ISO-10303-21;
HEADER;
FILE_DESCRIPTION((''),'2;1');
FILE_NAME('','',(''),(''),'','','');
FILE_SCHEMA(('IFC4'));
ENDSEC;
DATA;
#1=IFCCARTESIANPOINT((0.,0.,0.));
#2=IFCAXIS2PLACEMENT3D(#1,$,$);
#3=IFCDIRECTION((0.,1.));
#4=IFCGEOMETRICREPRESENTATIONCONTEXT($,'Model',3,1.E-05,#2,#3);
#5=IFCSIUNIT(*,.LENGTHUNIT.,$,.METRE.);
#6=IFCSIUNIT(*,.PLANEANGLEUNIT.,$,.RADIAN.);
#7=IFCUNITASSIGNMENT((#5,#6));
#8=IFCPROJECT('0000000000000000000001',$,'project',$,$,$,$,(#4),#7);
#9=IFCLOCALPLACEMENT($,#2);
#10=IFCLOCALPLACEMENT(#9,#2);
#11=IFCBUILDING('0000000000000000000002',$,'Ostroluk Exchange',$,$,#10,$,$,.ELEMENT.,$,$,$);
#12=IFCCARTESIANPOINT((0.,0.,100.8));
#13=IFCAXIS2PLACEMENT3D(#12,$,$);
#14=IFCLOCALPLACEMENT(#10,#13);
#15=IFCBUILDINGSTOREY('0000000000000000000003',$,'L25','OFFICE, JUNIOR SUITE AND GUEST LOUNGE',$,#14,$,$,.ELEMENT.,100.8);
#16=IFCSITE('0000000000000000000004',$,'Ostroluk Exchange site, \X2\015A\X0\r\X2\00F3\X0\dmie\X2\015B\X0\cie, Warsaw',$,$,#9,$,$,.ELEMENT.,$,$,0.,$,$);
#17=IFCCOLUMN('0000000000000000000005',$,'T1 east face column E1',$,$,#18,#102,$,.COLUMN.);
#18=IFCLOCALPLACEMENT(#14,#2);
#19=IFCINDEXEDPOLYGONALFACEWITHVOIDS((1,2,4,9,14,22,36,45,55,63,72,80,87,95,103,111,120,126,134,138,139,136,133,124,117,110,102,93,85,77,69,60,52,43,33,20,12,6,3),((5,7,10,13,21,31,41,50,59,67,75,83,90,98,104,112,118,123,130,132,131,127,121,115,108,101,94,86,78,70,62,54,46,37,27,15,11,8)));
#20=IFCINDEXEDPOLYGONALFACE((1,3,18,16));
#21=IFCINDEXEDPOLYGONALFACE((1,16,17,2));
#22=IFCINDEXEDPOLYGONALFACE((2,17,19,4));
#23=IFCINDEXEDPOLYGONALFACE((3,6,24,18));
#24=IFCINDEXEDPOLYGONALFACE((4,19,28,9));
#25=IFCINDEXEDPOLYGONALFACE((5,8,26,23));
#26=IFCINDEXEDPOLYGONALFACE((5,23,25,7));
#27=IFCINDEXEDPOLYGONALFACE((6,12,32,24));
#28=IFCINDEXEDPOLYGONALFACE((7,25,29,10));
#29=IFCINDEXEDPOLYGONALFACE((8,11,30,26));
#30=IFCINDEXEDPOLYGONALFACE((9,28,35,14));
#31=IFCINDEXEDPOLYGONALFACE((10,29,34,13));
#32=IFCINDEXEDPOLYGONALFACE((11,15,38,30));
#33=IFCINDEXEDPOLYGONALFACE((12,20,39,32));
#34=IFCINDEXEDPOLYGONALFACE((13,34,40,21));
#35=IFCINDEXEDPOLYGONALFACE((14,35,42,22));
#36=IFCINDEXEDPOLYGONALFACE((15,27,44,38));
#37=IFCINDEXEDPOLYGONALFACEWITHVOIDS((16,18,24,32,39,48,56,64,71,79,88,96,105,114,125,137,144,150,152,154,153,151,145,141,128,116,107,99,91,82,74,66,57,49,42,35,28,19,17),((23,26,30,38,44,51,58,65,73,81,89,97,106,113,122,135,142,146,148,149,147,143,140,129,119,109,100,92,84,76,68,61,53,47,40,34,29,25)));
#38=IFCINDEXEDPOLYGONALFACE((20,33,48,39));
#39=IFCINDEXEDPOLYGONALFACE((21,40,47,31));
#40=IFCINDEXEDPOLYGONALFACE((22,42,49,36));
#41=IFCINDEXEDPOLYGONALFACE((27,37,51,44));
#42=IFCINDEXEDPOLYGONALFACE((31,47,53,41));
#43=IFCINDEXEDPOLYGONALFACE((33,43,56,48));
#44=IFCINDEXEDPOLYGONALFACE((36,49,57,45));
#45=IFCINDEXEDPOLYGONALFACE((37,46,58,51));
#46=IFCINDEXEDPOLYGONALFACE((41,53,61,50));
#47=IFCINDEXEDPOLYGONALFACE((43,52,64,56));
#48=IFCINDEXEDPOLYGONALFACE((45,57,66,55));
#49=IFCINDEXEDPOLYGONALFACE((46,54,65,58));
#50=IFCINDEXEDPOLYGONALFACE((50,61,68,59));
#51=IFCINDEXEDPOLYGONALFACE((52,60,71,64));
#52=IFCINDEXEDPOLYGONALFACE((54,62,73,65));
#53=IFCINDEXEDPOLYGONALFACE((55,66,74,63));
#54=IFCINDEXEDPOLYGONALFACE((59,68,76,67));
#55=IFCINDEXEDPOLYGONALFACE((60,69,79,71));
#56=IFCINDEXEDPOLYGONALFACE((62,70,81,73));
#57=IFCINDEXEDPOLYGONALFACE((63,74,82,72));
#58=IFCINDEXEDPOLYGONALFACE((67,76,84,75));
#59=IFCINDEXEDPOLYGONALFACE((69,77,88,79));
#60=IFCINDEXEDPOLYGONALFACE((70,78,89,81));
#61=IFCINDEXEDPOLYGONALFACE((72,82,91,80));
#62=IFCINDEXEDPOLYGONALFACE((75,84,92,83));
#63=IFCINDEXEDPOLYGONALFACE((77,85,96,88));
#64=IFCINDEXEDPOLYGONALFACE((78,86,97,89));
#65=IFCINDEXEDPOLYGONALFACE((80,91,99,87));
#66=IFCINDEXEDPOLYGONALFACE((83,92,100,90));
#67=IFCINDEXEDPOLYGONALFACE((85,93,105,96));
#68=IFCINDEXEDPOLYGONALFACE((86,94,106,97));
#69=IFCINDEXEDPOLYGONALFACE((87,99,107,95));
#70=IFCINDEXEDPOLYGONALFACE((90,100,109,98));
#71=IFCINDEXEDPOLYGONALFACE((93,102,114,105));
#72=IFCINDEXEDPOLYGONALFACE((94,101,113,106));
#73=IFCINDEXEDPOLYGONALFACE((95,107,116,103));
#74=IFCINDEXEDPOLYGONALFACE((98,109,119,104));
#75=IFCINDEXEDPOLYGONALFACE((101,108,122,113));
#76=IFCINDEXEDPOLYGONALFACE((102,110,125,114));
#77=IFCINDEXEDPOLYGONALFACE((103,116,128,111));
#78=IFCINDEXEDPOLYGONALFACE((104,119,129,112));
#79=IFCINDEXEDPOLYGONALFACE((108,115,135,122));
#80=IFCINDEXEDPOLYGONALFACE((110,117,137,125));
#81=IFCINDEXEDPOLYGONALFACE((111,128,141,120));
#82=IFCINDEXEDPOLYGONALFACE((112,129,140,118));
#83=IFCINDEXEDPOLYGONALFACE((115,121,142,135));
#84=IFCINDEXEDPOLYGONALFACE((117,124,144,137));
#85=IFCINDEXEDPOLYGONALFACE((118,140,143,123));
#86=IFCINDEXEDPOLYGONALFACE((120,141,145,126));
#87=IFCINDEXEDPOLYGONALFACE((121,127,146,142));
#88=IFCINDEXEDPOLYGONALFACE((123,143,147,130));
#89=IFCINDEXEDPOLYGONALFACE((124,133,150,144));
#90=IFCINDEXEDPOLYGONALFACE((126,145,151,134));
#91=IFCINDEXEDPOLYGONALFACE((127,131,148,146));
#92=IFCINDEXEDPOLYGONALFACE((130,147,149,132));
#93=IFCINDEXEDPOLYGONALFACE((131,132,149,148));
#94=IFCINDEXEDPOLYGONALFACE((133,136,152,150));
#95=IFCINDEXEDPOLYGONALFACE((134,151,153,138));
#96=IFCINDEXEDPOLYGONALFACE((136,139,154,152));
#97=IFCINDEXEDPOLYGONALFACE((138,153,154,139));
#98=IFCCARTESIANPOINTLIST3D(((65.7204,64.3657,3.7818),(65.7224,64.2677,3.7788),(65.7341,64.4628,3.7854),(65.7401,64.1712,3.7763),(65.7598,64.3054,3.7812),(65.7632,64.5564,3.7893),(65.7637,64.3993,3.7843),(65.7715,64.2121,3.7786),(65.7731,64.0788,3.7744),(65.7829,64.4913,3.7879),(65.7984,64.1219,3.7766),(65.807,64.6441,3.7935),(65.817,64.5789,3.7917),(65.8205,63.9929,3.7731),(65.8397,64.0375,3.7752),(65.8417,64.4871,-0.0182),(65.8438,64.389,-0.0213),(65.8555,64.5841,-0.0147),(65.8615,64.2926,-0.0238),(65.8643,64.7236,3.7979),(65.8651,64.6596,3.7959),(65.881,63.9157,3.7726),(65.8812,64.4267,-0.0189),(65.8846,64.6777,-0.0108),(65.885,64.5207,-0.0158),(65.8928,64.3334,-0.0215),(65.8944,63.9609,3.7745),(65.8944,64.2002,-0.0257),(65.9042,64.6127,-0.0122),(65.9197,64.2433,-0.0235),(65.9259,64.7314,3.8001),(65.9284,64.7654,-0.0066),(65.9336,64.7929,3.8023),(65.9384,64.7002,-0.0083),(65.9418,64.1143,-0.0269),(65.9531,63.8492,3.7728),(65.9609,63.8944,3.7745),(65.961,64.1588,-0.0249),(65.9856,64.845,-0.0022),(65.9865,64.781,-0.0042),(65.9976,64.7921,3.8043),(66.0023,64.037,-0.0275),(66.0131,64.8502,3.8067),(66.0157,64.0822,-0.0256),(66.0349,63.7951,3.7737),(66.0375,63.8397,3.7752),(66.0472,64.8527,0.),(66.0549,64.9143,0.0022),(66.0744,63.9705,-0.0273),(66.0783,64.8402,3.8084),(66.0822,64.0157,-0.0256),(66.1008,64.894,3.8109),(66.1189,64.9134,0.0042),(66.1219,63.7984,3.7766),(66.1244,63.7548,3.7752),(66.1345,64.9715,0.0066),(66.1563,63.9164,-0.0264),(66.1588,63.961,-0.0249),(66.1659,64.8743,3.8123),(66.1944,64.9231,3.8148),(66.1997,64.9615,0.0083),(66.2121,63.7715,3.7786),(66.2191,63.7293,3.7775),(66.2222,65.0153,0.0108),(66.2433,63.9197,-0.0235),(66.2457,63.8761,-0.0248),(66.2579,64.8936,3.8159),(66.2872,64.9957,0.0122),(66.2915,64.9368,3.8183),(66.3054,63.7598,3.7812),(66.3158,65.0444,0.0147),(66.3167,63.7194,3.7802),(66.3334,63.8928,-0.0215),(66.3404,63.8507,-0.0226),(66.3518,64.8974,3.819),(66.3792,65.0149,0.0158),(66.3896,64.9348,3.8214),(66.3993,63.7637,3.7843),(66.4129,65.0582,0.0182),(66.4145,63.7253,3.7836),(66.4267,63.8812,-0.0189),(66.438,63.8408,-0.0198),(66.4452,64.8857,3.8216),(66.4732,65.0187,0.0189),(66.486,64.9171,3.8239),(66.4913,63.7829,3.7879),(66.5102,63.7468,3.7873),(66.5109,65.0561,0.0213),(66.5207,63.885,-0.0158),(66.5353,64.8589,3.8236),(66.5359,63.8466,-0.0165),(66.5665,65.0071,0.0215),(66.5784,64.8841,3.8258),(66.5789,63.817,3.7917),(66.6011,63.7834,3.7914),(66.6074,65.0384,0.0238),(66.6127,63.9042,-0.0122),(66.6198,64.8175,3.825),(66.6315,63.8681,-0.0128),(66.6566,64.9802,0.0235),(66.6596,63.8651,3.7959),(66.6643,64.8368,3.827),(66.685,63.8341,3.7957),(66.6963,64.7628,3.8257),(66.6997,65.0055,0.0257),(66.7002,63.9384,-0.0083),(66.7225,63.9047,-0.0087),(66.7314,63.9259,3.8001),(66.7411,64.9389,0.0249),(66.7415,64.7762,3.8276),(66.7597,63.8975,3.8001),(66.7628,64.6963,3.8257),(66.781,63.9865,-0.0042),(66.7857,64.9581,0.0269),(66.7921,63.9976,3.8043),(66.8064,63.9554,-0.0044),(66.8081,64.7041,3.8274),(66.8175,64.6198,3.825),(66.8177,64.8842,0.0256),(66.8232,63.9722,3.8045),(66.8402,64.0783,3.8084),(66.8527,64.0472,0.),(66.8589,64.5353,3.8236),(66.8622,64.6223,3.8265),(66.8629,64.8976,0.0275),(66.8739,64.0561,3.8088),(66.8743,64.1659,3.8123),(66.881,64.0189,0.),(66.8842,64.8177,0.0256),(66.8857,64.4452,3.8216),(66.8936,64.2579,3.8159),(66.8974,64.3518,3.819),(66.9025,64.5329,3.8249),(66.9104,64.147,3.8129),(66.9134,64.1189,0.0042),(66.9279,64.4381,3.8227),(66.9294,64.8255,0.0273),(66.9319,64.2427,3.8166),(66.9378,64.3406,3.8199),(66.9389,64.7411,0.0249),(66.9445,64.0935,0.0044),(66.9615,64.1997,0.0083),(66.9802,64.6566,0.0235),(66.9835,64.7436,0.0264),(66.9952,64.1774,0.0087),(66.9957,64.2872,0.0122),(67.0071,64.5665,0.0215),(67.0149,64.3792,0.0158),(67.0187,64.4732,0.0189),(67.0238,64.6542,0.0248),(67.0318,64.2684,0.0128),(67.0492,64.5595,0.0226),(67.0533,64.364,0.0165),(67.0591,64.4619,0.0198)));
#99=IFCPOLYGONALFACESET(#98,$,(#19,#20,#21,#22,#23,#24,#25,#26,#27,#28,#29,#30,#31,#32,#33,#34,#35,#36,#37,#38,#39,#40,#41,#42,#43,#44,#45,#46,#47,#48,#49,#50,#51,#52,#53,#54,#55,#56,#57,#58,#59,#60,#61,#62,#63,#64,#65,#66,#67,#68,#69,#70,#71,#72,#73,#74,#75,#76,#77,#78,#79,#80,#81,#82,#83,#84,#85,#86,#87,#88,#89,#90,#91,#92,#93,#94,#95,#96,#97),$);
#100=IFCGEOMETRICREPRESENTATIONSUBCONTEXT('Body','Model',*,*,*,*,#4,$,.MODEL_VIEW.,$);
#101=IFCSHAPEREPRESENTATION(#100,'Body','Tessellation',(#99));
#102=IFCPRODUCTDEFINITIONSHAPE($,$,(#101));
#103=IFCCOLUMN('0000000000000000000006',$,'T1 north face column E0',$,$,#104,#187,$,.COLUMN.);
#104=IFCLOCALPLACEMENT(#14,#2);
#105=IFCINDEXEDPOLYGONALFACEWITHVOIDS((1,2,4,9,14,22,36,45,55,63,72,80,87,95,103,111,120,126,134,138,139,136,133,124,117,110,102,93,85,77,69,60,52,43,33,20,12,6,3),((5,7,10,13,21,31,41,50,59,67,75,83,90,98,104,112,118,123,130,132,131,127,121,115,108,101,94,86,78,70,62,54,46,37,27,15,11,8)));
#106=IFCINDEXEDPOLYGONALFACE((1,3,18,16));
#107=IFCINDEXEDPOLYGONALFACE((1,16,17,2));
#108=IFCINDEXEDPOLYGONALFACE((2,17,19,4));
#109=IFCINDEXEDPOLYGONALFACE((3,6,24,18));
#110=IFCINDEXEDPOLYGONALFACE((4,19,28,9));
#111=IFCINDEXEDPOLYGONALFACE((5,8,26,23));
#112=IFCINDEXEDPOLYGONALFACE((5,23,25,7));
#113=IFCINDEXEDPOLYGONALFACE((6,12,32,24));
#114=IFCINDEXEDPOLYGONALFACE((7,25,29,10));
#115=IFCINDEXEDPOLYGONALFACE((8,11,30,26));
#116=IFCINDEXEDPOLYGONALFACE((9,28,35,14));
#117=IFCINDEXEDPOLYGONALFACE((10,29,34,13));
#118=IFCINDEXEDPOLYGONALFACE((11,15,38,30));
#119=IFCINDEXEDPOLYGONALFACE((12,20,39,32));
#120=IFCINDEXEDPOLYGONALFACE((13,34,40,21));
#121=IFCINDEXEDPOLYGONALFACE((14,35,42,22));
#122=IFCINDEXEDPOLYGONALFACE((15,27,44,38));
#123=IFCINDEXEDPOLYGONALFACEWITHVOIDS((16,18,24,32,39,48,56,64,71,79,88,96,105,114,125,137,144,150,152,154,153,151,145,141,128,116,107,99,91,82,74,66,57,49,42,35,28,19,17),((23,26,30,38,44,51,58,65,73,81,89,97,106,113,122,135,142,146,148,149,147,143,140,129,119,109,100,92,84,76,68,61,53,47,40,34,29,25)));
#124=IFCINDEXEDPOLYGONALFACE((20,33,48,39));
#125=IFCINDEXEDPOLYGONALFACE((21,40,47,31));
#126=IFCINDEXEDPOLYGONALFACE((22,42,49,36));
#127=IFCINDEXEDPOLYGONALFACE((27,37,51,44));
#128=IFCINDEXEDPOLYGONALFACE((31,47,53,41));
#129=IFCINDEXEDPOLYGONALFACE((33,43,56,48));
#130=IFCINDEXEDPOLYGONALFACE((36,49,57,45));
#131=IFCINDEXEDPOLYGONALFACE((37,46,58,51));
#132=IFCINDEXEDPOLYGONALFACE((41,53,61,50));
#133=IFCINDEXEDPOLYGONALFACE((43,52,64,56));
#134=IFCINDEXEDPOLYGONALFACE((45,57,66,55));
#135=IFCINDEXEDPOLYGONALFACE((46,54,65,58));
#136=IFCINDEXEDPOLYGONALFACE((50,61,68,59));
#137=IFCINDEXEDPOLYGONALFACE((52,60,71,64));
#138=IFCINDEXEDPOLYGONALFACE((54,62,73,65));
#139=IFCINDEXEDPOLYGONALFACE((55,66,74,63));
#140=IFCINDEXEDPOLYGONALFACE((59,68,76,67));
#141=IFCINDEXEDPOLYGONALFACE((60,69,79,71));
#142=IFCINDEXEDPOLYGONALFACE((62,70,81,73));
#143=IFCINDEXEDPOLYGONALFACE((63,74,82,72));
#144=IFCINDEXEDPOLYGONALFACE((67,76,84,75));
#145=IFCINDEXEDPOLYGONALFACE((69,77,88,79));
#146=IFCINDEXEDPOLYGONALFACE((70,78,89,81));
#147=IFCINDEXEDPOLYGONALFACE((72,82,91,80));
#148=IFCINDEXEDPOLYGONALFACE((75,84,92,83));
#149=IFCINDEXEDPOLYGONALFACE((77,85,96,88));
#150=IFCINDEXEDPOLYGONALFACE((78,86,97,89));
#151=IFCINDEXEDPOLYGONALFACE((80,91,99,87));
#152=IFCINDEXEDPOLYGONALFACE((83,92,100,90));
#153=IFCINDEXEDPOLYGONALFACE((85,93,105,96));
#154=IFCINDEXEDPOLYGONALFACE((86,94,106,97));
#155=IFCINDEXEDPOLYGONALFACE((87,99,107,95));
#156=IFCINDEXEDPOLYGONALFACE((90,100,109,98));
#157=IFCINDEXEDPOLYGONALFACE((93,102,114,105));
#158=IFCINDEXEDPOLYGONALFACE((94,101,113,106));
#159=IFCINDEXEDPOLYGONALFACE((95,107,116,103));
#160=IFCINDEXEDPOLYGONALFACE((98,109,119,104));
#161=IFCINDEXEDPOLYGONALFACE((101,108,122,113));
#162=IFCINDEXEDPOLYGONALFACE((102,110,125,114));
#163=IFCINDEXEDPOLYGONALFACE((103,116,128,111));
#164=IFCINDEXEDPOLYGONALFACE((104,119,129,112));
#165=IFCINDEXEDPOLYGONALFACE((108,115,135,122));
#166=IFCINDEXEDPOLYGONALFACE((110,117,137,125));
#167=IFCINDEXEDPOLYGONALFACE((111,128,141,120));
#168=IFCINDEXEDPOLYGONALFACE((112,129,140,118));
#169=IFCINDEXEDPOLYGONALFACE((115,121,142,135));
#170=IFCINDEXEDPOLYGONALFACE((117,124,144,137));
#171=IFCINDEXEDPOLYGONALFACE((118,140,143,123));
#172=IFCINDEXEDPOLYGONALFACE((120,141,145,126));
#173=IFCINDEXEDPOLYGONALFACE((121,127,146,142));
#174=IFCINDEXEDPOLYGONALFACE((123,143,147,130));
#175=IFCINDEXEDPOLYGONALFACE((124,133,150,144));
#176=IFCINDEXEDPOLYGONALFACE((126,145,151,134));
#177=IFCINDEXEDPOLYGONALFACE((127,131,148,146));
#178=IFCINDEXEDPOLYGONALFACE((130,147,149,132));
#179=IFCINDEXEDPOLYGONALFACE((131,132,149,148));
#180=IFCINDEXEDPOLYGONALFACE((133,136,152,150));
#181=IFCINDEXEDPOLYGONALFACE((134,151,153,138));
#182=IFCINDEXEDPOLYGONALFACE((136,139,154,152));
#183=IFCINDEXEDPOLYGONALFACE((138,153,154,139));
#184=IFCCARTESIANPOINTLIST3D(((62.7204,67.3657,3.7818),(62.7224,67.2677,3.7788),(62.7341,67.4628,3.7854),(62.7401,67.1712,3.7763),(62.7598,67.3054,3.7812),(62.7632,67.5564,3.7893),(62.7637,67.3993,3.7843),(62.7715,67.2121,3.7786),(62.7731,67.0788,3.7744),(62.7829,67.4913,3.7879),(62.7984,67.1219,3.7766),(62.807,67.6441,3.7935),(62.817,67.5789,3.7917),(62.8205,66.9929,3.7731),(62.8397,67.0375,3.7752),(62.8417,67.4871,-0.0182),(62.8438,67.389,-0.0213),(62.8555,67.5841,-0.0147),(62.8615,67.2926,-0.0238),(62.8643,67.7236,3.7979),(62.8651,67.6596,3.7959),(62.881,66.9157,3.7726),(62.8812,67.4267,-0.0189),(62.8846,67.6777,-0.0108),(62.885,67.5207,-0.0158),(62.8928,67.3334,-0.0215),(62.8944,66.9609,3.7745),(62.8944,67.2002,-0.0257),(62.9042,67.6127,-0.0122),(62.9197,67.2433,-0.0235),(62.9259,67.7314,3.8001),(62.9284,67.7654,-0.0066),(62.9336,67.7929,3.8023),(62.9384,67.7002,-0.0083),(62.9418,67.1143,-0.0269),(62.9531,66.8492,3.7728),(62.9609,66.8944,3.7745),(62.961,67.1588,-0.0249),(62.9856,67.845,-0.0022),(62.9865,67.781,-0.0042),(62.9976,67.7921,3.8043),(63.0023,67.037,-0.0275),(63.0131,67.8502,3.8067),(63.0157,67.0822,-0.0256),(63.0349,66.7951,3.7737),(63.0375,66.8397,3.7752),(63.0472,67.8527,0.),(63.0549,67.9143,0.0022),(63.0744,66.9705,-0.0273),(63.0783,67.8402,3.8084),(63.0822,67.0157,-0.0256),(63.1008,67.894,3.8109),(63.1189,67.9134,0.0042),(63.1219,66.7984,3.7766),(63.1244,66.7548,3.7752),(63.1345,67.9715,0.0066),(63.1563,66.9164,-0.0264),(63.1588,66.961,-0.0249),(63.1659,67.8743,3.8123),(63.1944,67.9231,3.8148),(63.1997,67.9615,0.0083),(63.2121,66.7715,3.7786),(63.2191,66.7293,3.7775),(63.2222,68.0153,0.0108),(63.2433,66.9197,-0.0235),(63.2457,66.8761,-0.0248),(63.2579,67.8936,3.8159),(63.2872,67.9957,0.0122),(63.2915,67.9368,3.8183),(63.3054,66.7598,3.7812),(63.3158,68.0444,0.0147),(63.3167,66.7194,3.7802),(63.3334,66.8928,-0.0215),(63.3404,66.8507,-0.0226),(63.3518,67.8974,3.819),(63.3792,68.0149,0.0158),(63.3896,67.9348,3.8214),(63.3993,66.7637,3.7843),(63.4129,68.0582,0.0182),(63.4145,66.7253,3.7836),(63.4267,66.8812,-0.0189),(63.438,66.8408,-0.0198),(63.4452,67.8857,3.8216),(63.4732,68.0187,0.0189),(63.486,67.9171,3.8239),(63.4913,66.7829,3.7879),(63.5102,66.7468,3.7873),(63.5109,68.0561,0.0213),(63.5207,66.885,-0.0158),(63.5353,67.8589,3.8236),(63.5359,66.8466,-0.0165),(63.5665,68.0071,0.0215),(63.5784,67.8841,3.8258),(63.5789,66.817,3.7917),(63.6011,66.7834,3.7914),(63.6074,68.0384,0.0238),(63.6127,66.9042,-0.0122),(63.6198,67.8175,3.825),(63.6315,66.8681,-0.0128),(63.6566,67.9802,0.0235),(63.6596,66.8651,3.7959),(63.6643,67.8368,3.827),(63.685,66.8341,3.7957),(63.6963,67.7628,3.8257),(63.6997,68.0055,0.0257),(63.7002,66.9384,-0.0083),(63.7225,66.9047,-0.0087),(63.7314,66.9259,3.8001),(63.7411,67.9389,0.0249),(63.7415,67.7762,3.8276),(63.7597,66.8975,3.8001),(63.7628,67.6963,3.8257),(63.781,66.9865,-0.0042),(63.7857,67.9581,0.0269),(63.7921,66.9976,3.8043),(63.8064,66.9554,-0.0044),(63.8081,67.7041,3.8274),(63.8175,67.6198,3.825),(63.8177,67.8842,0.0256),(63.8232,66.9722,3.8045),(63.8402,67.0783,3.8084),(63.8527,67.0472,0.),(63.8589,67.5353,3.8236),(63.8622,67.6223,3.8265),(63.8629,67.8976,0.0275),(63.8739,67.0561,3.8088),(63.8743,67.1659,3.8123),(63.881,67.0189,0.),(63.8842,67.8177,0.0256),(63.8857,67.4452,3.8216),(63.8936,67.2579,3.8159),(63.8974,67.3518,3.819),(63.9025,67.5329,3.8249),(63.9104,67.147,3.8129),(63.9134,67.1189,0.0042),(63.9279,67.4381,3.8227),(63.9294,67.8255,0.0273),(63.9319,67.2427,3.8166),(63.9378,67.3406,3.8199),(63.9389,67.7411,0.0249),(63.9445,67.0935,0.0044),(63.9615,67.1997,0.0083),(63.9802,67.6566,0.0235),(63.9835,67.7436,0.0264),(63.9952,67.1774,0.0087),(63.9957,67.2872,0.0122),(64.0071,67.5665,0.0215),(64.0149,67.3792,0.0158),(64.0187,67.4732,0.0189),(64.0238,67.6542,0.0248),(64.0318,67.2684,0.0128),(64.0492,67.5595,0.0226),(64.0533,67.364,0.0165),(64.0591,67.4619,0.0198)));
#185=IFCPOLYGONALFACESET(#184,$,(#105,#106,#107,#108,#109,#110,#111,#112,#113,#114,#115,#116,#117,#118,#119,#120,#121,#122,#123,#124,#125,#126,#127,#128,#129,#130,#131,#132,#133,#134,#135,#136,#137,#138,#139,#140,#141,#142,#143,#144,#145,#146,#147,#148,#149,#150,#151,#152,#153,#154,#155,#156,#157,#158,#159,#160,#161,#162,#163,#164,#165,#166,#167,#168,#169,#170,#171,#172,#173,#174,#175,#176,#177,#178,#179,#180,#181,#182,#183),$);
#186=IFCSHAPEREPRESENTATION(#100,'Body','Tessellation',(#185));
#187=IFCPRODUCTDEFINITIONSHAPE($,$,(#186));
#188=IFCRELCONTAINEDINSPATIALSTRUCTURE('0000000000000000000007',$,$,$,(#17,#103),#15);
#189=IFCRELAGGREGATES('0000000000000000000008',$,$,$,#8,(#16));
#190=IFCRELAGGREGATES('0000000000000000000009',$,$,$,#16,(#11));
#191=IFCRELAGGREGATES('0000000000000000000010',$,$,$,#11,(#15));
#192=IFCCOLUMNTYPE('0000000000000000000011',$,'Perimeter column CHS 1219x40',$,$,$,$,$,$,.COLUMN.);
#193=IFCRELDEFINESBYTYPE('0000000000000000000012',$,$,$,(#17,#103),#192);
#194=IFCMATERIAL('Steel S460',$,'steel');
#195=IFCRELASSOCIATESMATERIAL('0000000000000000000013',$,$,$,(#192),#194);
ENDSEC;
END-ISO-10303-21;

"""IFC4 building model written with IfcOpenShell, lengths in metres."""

from ifc_helpers import new_model, si_unit, direction, frame, origin, origin_2d, place, context, subcontext, project, spatial, hollow_circle, extrude, material, material_profile, profile_set, type_object, element, save


model = new_model("IFC4")

# Units and contexts
model_context = context("Model", 3, precision=1e-05, world=origin(), true_north=direction((0.0, 1.0)))
body_context = subcontext(model_context, "Body", "Model", "MODEL_VIEW")
ifc_project = project(units=[si_unit("LENGTHUNIT", "METRE"), si_unit("PLANEANGLEUNIT", "RADIAN")], contexts=[model_context])

# Site, building, storey
site_placement = place(None, origin())
site = spatial("IfcSite", under=ifc_project, at=site_placement, Name="Ostroluk Exchange site, Śródmieście, Warsaw", CompositionType="ELEMENT", RefElevation=0.0)
building_placement = place(site_placement, origin())
building = spatial("IfcBuilding", under=site, at=building_placement, Name="Ostroluk Exchange", CompositionType="ELEMENT")
storey_placement = place(building_placement, frame((0.0, 0.0, 100.8)))
storey = spatial("IfcBuildingStorey", under=building, at=storey_placement, Name="L25", Description="OFFICE, JUNIOR SUITE AND GUEST LOUNGE", CompositionType="ELEMENT", Elevation=100.8)

# Columns
ifc_material_1 = material(Name="Steel S460", Category="steel")
ifc_material_profile_1 = material_profile(ifc_material_1, hollow_circle(Radius=0.6096, WallThickness=0.04, at=origin_2d()), Name="CHS 1219x40")
ifc_profile_set_1 = profile_set([ifc_material_profile_1], Name="Steel S460")
column_type = type_object("IfcColumnType", Name="Perimeter column CHS 1219x40", PredefinedType="COLUMN", material=ifc_profile_set_1)
for number, where, z_axis, x_axis, name in (
    (1, (66.45, 64.45, 0.0), (-0.031898, -0.031898, 0.998982), (0.707107, -0.707107, 0.0), "T1 east face column E1"),
    (2, (63.45, 67.45, 0.0), (-0.031898, -0.031898, 0.998982), (0.707107, -0.707107, 0.0), "T1 north face column E0"),
):
    element("IfcColumn", number, at=place(storey_placement, frame(where, z_axis=z_axis, x_axis=x_axis)), inside=storey, type_object=column_type, Name=name, PredefinedType="COLUMN", context=body_context, shape_type="SweptSolid", body=[
        extrude(hollow_circle(Radius=0.6096, WallThickness=0.04, at=origin_2d()), origin(), (0.0, 0.0, 1.0), 3.804),
    ])

save(model, "model.ifc")
